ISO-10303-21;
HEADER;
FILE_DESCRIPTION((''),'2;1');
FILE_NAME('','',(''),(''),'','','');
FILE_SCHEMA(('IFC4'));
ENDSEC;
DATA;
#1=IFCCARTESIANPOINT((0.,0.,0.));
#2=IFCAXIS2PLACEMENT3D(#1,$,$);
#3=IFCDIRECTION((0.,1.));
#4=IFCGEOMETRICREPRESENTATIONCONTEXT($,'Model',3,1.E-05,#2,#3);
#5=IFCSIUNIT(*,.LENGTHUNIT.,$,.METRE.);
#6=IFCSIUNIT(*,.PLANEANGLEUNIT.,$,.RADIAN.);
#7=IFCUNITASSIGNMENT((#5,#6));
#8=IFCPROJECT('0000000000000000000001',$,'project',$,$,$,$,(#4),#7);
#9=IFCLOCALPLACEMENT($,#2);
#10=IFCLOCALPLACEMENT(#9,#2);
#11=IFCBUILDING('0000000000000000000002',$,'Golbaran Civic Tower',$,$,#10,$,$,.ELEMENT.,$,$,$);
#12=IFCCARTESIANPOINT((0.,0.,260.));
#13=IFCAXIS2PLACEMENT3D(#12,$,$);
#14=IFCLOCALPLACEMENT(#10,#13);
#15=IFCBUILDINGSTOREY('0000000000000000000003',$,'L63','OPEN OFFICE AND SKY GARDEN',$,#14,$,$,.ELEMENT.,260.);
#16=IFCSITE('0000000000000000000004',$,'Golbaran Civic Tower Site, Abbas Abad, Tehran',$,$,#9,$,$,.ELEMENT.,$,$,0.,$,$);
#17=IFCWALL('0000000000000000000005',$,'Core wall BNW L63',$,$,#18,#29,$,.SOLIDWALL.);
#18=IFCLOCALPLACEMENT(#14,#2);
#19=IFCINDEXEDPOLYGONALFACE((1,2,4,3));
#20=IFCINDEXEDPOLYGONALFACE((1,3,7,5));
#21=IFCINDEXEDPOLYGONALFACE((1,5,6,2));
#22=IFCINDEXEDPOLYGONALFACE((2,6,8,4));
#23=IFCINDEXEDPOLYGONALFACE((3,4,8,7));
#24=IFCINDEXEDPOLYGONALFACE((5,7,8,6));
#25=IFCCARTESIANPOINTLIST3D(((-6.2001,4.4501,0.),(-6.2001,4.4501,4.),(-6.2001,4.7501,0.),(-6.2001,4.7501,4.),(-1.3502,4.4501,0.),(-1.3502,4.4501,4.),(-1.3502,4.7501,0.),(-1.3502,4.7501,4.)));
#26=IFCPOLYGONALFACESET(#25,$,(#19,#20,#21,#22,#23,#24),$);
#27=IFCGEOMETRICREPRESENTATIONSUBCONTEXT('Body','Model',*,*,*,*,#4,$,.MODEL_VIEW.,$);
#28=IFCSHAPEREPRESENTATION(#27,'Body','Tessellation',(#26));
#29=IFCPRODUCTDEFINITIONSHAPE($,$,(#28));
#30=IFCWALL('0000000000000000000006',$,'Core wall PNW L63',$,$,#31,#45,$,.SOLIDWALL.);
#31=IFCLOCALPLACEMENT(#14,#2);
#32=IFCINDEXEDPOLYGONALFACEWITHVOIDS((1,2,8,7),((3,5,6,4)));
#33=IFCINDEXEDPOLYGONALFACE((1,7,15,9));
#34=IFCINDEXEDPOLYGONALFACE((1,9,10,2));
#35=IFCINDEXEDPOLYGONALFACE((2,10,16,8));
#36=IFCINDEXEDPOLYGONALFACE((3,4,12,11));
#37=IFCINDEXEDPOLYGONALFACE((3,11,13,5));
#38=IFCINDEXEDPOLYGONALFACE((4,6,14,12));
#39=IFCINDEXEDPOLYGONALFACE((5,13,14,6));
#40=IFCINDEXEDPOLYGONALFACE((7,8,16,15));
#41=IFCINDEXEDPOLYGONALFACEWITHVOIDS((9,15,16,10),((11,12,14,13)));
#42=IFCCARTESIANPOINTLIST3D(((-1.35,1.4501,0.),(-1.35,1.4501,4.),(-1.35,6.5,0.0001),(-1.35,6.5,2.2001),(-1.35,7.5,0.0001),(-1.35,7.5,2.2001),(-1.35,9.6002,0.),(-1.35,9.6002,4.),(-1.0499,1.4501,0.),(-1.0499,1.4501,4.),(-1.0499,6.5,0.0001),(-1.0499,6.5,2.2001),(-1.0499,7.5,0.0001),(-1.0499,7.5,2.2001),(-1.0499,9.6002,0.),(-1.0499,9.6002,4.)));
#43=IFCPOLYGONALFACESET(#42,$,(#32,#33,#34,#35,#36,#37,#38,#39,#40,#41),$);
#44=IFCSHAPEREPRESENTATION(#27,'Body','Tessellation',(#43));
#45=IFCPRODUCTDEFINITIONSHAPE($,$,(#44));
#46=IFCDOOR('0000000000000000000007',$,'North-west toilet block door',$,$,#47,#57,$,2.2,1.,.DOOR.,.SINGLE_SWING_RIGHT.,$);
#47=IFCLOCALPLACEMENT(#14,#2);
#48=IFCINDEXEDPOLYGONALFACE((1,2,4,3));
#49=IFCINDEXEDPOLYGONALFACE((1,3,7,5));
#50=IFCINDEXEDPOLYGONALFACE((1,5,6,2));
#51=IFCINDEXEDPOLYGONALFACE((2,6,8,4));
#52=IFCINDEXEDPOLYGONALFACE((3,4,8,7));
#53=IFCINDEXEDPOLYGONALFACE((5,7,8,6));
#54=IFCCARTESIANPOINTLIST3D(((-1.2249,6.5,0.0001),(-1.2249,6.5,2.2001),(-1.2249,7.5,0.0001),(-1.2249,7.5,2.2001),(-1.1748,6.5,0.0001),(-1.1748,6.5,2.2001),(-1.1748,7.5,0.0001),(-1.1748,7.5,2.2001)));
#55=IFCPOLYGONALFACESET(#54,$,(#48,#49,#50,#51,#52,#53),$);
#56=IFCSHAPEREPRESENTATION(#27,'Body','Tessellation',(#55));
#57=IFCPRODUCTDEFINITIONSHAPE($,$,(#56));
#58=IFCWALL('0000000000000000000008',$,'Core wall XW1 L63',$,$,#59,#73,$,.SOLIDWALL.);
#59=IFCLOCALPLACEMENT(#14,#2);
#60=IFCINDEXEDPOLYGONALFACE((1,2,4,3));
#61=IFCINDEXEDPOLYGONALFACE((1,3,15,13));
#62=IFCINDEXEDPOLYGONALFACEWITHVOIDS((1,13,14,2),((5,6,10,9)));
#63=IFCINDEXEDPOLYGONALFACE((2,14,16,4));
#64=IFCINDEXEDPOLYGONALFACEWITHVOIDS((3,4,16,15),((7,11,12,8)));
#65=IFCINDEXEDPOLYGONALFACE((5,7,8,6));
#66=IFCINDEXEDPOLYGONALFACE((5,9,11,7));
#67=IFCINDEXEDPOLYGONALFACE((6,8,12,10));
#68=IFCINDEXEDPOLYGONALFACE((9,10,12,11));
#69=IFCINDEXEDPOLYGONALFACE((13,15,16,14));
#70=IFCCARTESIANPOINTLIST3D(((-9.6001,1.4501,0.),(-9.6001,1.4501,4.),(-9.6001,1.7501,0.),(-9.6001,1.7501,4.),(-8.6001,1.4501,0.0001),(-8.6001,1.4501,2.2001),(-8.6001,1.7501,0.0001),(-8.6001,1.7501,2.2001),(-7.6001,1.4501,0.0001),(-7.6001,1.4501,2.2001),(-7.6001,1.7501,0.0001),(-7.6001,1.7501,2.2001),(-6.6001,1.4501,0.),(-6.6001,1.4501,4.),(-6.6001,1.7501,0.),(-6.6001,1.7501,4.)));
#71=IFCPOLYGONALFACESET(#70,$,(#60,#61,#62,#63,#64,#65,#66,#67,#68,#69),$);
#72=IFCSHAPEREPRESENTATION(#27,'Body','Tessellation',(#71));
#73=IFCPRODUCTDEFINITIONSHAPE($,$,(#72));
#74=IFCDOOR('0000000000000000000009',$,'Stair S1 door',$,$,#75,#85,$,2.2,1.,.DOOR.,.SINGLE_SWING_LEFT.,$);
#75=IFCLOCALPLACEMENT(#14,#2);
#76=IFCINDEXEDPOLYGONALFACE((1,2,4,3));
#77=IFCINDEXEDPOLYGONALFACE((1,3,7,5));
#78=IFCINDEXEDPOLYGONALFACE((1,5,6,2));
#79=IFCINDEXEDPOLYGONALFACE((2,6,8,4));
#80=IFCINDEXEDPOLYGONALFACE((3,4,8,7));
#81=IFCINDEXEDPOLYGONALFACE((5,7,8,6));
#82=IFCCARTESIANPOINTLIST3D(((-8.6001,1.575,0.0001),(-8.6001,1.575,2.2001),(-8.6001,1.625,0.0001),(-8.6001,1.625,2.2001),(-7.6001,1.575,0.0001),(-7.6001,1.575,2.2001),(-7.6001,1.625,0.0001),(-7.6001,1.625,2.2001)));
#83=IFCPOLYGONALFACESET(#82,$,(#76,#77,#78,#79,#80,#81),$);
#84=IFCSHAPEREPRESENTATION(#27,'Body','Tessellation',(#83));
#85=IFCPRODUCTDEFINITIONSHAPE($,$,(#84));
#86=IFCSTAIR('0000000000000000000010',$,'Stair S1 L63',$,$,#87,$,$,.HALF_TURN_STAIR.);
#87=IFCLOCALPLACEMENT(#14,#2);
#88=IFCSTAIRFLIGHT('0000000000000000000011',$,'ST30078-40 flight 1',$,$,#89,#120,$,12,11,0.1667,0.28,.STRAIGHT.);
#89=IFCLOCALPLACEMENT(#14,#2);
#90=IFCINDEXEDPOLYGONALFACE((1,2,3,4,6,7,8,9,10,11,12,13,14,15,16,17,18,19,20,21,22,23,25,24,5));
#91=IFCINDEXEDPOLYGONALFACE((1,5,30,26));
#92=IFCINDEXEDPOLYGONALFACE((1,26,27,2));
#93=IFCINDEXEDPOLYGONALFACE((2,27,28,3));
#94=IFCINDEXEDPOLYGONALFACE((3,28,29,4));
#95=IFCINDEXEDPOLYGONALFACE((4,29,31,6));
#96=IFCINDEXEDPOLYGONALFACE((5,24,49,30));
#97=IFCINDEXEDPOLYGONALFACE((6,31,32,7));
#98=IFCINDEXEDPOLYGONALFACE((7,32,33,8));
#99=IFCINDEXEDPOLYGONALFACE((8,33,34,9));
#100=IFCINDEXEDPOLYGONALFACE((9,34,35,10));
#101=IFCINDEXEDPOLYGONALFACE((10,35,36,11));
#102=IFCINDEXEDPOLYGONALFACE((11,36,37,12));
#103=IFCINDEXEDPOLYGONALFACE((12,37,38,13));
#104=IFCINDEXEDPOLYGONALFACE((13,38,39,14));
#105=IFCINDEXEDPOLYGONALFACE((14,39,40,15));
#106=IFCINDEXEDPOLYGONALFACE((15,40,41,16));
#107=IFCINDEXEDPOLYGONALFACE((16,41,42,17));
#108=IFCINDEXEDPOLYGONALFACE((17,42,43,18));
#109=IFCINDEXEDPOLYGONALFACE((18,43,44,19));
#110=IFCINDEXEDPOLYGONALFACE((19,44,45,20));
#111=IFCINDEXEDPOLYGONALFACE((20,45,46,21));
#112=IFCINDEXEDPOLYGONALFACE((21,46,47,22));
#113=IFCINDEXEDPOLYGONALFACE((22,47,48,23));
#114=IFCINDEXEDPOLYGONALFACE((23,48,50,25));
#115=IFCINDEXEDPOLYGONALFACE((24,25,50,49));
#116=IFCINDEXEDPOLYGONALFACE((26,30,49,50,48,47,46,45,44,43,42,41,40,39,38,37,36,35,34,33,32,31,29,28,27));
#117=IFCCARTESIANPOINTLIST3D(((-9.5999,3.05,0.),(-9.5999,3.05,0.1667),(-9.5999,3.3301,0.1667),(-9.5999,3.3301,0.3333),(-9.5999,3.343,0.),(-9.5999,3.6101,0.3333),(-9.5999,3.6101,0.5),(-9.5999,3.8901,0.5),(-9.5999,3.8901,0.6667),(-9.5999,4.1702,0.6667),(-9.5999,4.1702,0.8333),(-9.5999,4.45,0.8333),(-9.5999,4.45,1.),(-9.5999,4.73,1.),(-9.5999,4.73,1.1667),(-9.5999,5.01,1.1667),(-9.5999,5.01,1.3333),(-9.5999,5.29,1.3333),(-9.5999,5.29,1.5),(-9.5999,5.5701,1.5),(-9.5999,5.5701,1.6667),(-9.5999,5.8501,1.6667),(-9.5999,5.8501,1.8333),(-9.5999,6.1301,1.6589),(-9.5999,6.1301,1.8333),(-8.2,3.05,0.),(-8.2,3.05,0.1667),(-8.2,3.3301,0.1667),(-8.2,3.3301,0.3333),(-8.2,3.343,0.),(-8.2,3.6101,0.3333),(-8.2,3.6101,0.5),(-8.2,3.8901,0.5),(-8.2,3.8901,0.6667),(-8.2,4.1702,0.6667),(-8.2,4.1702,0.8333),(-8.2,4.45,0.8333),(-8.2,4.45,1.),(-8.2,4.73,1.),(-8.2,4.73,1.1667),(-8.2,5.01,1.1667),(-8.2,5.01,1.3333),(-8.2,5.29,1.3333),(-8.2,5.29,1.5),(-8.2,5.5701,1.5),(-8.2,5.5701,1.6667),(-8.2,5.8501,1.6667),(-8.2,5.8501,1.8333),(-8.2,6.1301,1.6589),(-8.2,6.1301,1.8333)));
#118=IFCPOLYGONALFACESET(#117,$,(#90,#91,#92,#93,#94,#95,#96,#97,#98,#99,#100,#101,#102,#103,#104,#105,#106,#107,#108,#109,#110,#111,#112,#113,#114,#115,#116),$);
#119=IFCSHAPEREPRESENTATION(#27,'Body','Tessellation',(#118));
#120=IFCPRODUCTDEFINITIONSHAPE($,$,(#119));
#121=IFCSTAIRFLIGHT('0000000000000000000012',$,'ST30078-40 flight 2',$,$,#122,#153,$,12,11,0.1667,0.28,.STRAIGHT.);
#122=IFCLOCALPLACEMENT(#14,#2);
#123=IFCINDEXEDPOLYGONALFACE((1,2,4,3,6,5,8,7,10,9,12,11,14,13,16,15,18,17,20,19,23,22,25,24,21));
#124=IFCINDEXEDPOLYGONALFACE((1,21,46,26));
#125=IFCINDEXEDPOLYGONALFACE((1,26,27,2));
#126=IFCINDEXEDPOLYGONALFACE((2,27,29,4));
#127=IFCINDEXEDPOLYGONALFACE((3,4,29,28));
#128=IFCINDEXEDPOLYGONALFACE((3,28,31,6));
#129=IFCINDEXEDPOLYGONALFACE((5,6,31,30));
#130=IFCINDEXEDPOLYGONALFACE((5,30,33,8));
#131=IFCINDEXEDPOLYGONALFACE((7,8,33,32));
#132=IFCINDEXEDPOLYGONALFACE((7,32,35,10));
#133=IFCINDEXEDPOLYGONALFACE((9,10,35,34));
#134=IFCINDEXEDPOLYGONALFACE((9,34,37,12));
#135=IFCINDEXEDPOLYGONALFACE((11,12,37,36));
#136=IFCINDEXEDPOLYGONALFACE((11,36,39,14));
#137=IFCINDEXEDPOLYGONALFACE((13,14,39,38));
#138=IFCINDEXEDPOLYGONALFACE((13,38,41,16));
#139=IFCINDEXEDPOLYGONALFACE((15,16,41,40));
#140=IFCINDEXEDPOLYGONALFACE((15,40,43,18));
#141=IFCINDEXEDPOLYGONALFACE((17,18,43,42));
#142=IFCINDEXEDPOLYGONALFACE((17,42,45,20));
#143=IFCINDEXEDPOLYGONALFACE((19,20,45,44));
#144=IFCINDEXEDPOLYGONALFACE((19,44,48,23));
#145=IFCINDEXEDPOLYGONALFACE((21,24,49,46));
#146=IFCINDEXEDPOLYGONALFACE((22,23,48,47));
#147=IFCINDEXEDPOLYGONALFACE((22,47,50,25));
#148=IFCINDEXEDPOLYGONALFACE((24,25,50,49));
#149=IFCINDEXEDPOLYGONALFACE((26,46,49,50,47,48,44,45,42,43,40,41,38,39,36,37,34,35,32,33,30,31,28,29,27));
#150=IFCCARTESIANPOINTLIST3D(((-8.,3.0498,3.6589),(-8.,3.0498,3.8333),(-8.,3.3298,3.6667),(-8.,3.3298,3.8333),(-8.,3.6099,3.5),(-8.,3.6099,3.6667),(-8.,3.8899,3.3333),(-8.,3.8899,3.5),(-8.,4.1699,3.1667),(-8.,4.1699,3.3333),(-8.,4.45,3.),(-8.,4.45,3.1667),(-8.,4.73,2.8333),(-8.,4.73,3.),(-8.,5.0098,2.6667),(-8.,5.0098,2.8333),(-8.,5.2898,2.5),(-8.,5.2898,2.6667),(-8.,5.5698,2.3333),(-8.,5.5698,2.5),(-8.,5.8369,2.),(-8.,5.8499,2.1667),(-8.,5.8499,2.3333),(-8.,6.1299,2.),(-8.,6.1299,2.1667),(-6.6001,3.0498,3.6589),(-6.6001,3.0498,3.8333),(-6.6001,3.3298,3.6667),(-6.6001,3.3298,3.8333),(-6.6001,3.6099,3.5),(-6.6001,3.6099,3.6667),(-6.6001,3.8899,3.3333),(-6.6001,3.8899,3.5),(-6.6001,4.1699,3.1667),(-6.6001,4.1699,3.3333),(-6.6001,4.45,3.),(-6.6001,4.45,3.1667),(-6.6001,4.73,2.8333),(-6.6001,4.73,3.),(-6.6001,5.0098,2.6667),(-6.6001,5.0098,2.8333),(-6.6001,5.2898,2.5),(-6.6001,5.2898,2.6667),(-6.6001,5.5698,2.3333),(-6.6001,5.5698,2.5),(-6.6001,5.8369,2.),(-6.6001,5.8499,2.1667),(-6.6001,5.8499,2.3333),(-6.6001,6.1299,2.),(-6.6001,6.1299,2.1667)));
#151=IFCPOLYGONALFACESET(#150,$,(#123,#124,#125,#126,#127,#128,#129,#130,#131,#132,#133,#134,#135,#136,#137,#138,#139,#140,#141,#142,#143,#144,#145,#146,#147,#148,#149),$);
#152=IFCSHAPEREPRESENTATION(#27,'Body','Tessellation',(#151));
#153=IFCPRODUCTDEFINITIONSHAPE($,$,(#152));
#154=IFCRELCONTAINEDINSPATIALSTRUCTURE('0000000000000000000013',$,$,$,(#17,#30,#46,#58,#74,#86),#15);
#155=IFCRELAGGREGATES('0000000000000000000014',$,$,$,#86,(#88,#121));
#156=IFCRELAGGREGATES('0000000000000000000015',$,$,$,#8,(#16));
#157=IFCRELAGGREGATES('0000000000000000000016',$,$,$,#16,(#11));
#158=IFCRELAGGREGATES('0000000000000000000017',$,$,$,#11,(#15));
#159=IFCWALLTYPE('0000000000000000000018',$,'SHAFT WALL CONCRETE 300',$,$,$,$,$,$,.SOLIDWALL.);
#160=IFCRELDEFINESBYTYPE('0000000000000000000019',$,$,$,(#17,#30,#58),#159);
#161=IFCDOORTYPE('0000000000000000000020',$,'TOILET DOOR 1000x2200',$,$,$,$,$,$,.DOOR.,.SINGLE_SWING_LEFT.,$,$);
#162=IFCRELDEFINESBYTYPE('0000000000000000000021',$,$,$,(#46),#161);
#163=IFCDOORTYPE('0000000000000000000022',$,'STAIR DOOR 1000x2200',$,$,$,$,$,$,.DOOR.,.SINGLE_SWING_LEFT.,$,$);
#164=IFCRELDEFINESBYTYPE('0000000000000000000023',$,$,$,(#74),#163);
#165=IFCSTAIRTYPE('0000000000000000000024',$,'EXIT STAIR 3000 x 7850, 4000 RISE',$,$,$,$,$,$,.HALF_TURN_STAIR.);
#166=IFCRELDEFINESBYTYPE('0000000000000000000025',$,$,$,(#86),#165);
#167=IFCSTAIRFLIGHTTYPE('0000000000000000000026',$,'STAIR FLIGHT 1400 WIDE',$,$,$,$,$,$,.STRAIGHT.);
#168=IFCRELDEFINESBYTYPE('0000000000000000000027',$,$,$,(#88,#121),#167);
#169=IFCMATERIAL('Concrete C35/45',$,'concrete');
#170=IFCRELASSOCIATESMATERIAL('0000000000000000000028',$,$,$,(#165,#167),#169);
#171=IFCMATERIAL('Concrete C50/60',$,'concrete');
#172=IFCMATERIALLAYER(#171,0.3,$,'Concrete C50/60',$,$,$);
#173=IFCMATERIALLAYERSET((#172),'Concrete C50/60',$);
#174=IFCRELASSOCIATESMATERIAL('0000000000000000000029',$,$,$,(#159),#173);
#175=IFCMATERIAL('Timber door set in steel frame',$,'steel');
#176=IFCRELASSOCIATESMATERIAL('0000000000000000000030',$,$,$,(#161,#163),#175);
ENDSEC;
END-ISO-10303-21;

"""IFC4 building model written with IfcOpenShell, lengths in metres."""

from ifc_helpers import new_model, si_unit, direction, frame, frame_2d, origin, place, context, subcontext, project, spatial, polyline, rectangle, outline, extrude, material, layer, layer_set, type_object, element, fill, aggregate, save


model = new_model("IFC4")

# Units and contexts
model_context = context("Model", 3, precision=1e-05, world=origin(), true_north=direction((0.0, 1.0)))
body_context = subcontext(model_context, "Body", "Model", "MODEL_VIEW")
ifc_project = project(units=[si_unit("LENGTHUNIT", "METRE"), si_unit("PLANEANGLEUNIT", "RADIAN")], contexts=[model_context])

# Site, building, storey
site_placement = place(None, origin())
site = spatial("IfcSite", under=ifc_project, at=site_placement, Name="Golbaran Civic Tower Site, Abbas Abad, Tehran", CompositionType="ELEMENT", RefElevation=0.0)
building_placement = place(site_placement, origin())
building = spatial("IfcBuilding", under=site, at=building_placement, Name="Golbaran Civic Tower", CompositionType="ELEMENT")
storey_placement = place(building_placement, frame((0.0, 0.0, 260.0)))
storey = spatial("IfcBuildingStorey", under=building, at=storey_placement, Name="L63", Description="OPEN OFFICE AND SKY GARDEN", CompositionType="ELEMENT", Elevation=260.0)

# Shared definitions
ifc_material_1 = material(Name="Concrete C35/45", Category="concrete")

# Shared definitions
stair_type = type_object("IfcStairType", Name="EXIT STAIR 3000 x 7850, 4000 RISE", PredefinedType="HALF_TURN_STAIR", material=ifc_material_1)

# Shared definitions
ifc_material_2 = material(Name="Timber door set in steel frame", Category="steel")

# Shared definitions
ifc_material_3 = material(Name="Concrete C50/60", Category="concrete")
ifc_layer_1 = layer(ifc_material_3, 0.3, Name="Concrete C50/60")
ifc_layer_set_1 = layer_set([ifc_layer_1], Name="Concrete C50/60")
wall_type_1 = type_object("IfcWallType", Name="SHAFT WALL CONCRETE 300", PredefinedType="SOLIDWALL", material=ifc_layer_set_1)

# Wall
wall_1_placement = place(storey_placement, frame((-6.2, 4.6001, 0.0), z_axis=(0.0, 0.0, 1.0), x_axis=(1.0, 0.0, 0.0)))
element("IfcWall", 1, at=wall_1_placement, inside=storey, type_object=wall_type_1, Name="Core wall BNW L63", PredefinedType="SOLIDWALL", context=body_context, shape_type="SweptSolid", body=[
    extrude(rectangle(XDim=4.8499, YDim=0.3, at=frame_2d((2.4248, 0.0))), origin(), (0.0, 0.0, 1.0), 4.0),
])

# Walls, openings, doors
wall_2_placement = place(storey_placement, frame((-1.2, 1.45, 0.0), z_axis=(0.0, 0.0, 1.0), x_axis=(0.0, 1.0, 0.0)))
wall_2 = element("IfcWall", 2, at=wall_2_placement, inside=storey, type_object=wall_type_1, Name="Core wall PNW L63", PredefinedType="SOLIDWALL", context=body_context, shape_type="SweptSolid", body=[
    extrude(rectangle(XDim=8.1501, YDim=0.3, at=frame_2d((4.0752, 0.0))), origin(), (0.0, 0.0, 1.0), 4.0),
])
opening_1_placement = place(wall_2_placement, frame((5.05, 0.0, 0.0)))
opening_1 = element("IfcOpeningElement", 3, at=opening_1_placement, cuts=wall_2, PredefinedType="OPENING", context=body_context, shape_type="SweptSolid", body=[
    extrude(rectangle(XDim=1.0, YDim=2.2, at=frame_2d((0.5, 1.1001))), frame((0.0, 0.1599, 0.0), z_axis=(0.0, -1.0, 0.0), x_axis=(1.0, 0.0, 0.0)), (0.0, 0.0, 1.0), 0.3201),
])
door_type_1 = type_object("IfcDoorType", Name="TOILET DOOR 1000x2200", OperationType="SINGLE_SWING_LEFT", PredefinedType="DOOR", material=ifc_material_2)
door_1_placement = place(opening_1_placement, origin())
door_1 = element("IfcDoor", 4, at=door_1_placement, inside=storey, type_object=door_type_1, Name="North-west toilet block door", OperationType="SINGLE_SWING_RIGHT", OverallHeight=2.2, OverallWidth=1.0, PredefinedType="DOOR", context=body_context, shape_type="SweptSolid", body=[
    extrude(rectangle(XDim=1.0, YDim=2.2, at=frame_2d((0.5, 1.1001))), frame((0.0, 0.0249, 0.0), z_axis=(0.0, -1.0, 0.0), x_axis=(1.0, 0.0, 0.0)), (0.0, 0.0, 1.0), 0.05),
])
fill(opening_1, door_1)
wall_3_placement = place(storey_placement, frame((-9.6001, 1.6001, 0.0), z_axis=(0.0, 0.0, 1.0), x_axis=(1.0, 0.0, 0.0)))
wall_3 = element("IfcWall", 5, at=wall_3_placement, inside=storey, type_object=wall_type_1, Name="Core wall XW1 L63", PredefinedType="SOLIDWALL", context=body_context, shape_type="SweptSolid", body=[
    extrude(rectangle(XDim=3.0, YDim=0.3, at=frame_2d((1.5, 0.0))), origin(), (0.0, 0.0, 1.0), 4.0),
])
opening_2_placement = place(wall_3_placement, frame((1.0, 0.0, 0.0)))
opening_2 = element("IfcOpeningElement", 6, at=opening_2_placement, cuts=wall_3, PredefinedType="OPENING", context=body_context, shape_type="SweptSolid", body=[
    extrude(rectangle(XDim=1.0, YDim=2.2, at=frame_2d((0.5, 1.1001))), frame((0.0, 0.1599, 0.0), z_axis=(0.0, -1.0, 0.0), x_axis=(1.0, 0.0, 0.0)), (0.0, 0.0, 1.0), 0.3201),
])
door_type_2 = type_object("IfcDoorType", Name="STAIR DOOR 1000x2200", OperationType="SINGLE_SWING_LEFT", PredefinedType="DOOR", material=ifc_material_2)
door_2_placement = place(opening_2_placement, origin())
door_2 = element("IfcDoor", 7, at=door_2_placement, inside=storey, type_object=door_type_2, Name="Stair S1 door", OperationType="SINGLE_SWING_LEFT", OverallHeight=2.2, OverallWidth=1.0, PredefinedType="DOOR", context=body_context, shape_type="SweptSolid", body=[
    extrude(rectangle(XDim=1.0, YDim=2.2, at=frame_2d((0.5, 1.1001))), frame((0.0, 0.0249, 0.0), z_axis=(0.0, -1.0, 0.0), x_axis=(1.0, 0.0, 0.0)), (0.0, 0.0, 1.0), 0.05),
])
fill(opening_2, door_2)

# Stair, stair flights
stair_1_placement = place(storey_placement, origin())
stair_1 = element("IfcStair", 8, at=stair_1_placement, inside=storey, type_object=stair_type, Name="Stair S1 L63", PredefinedType="HALF_TURN_STAIR")
stair_flight_type = type_object("IfcStairFlightType", Name="STAIR FLIGHT 1400 WIDE", PredefinedType="STRAIGHT", material=ifc_material_1)
stair_flight_1_placement = place(storey_placement, frame((-8.8999, 3.05, 0.0), z_axis=(0.0, 0.0, 1.0), x_axis=(0.0, 1.0, 0.0)))
stair_flight_1 = element("IfcStairFlight", 9, at=stair_flight_1_placement, type_object=stair_flight_type, Name="ST30078-40 flight 1", NumberOfRisers=12, NumberOfTreads=11, PredefinedType="STRAIGHT", RiserHeight=0.1667, TreadLength=0.28, context=body_context, shape_type="SweptSolid", body=[
    extrude(outline(polyline([(0.0, 0.0), (0.0, 0.1667), (0.28, 0.1667), (0.28, 0.3333), (0.5601, 0.3333), (0.5601, 0.5), (0.8401, 0.5), (0.8401, 0.6667), (1.1201, 0.6667), (1.1201, 0.8333), (1.3999, 0.8333), (1.3999, 1.0), (1.6799, 1.0), (1.6799, 1.1667), (1.96, 1.1667), (1.96, 1.3333), (2.24, 1.3333), (2.24, 1.5), (2.52, 1.5), (2.52, 1.6667), (2.8, 1.6667), (2.8, 1.8333), (3.0801, 1.8333), (3.0801, 2.0), (3.0801, 1.6589), (0.293, 0.0), (0.0, 0.0)])), frame((0.0, 0.7, 0.0), z_axis=(0.0, -1.0, 0.0), x_axis=(1.0, 0.0, 0.0)), (0.0, 0.0, 1.0), 1.3999),
])
stair_flight_2_placement = place(storey_placement, frame((-7.3, 6.1299, 2.0), z_axis=(0.0, 0.0, 1.0), x_axis=(0.0, -1.0, 0.0)))
stair_flight_2 = element("IfcStairFlight", 10, at=stair_flight_2_placement, type_object=stair_flight_type, Name="ST30078-40 flight 2", NumberOfRisers=12, NumberOfTreads=11, PredefinedType="STRAIGHT", RiserHeight=0.1667, TreadLength=0.28, context=body_context, shape_type="SweptSolid", body=[
    extrude(outline(polyline([(0.0, 0.0), (0.0, 0.1667), (0.28, 0.1667), (0.28, 0.3333), (0.5601, 0.3333), (0.5601, 0.5), (0.8401, 0.5), (0.8401, 0.6667), (1.1201, 0.6667), (1.1201, 0.8333), (1.3999, 0.8333), (1.3999, 1.0), (1.6799, 1.0), (1.6799, 1.1667), (1.96, 1.1667), (1.96, 1.3333), (2.24, 1.3333), (2.24, 1.5), (2.52, 1.5), (2.52, 1.6667), (2.8, 1.6667), (2.8, 1.8333), (3.0801, 1.8333), (3.0801, 2.0), (3.0801, 1.6589), (0.293, 0.0), (0.0, 0.0)])), frame((0.0, 0.7, 0.0), z_axis=(0.0, -1.0, 0.0), x_axis=(1.0, 0.0, 0.0)), (0.0, 0.0, 1.0), 1.3999),
])
aggregate(stair_1, [stair_flight_1, stair_flight_2])

save(model, "model.ifc")
